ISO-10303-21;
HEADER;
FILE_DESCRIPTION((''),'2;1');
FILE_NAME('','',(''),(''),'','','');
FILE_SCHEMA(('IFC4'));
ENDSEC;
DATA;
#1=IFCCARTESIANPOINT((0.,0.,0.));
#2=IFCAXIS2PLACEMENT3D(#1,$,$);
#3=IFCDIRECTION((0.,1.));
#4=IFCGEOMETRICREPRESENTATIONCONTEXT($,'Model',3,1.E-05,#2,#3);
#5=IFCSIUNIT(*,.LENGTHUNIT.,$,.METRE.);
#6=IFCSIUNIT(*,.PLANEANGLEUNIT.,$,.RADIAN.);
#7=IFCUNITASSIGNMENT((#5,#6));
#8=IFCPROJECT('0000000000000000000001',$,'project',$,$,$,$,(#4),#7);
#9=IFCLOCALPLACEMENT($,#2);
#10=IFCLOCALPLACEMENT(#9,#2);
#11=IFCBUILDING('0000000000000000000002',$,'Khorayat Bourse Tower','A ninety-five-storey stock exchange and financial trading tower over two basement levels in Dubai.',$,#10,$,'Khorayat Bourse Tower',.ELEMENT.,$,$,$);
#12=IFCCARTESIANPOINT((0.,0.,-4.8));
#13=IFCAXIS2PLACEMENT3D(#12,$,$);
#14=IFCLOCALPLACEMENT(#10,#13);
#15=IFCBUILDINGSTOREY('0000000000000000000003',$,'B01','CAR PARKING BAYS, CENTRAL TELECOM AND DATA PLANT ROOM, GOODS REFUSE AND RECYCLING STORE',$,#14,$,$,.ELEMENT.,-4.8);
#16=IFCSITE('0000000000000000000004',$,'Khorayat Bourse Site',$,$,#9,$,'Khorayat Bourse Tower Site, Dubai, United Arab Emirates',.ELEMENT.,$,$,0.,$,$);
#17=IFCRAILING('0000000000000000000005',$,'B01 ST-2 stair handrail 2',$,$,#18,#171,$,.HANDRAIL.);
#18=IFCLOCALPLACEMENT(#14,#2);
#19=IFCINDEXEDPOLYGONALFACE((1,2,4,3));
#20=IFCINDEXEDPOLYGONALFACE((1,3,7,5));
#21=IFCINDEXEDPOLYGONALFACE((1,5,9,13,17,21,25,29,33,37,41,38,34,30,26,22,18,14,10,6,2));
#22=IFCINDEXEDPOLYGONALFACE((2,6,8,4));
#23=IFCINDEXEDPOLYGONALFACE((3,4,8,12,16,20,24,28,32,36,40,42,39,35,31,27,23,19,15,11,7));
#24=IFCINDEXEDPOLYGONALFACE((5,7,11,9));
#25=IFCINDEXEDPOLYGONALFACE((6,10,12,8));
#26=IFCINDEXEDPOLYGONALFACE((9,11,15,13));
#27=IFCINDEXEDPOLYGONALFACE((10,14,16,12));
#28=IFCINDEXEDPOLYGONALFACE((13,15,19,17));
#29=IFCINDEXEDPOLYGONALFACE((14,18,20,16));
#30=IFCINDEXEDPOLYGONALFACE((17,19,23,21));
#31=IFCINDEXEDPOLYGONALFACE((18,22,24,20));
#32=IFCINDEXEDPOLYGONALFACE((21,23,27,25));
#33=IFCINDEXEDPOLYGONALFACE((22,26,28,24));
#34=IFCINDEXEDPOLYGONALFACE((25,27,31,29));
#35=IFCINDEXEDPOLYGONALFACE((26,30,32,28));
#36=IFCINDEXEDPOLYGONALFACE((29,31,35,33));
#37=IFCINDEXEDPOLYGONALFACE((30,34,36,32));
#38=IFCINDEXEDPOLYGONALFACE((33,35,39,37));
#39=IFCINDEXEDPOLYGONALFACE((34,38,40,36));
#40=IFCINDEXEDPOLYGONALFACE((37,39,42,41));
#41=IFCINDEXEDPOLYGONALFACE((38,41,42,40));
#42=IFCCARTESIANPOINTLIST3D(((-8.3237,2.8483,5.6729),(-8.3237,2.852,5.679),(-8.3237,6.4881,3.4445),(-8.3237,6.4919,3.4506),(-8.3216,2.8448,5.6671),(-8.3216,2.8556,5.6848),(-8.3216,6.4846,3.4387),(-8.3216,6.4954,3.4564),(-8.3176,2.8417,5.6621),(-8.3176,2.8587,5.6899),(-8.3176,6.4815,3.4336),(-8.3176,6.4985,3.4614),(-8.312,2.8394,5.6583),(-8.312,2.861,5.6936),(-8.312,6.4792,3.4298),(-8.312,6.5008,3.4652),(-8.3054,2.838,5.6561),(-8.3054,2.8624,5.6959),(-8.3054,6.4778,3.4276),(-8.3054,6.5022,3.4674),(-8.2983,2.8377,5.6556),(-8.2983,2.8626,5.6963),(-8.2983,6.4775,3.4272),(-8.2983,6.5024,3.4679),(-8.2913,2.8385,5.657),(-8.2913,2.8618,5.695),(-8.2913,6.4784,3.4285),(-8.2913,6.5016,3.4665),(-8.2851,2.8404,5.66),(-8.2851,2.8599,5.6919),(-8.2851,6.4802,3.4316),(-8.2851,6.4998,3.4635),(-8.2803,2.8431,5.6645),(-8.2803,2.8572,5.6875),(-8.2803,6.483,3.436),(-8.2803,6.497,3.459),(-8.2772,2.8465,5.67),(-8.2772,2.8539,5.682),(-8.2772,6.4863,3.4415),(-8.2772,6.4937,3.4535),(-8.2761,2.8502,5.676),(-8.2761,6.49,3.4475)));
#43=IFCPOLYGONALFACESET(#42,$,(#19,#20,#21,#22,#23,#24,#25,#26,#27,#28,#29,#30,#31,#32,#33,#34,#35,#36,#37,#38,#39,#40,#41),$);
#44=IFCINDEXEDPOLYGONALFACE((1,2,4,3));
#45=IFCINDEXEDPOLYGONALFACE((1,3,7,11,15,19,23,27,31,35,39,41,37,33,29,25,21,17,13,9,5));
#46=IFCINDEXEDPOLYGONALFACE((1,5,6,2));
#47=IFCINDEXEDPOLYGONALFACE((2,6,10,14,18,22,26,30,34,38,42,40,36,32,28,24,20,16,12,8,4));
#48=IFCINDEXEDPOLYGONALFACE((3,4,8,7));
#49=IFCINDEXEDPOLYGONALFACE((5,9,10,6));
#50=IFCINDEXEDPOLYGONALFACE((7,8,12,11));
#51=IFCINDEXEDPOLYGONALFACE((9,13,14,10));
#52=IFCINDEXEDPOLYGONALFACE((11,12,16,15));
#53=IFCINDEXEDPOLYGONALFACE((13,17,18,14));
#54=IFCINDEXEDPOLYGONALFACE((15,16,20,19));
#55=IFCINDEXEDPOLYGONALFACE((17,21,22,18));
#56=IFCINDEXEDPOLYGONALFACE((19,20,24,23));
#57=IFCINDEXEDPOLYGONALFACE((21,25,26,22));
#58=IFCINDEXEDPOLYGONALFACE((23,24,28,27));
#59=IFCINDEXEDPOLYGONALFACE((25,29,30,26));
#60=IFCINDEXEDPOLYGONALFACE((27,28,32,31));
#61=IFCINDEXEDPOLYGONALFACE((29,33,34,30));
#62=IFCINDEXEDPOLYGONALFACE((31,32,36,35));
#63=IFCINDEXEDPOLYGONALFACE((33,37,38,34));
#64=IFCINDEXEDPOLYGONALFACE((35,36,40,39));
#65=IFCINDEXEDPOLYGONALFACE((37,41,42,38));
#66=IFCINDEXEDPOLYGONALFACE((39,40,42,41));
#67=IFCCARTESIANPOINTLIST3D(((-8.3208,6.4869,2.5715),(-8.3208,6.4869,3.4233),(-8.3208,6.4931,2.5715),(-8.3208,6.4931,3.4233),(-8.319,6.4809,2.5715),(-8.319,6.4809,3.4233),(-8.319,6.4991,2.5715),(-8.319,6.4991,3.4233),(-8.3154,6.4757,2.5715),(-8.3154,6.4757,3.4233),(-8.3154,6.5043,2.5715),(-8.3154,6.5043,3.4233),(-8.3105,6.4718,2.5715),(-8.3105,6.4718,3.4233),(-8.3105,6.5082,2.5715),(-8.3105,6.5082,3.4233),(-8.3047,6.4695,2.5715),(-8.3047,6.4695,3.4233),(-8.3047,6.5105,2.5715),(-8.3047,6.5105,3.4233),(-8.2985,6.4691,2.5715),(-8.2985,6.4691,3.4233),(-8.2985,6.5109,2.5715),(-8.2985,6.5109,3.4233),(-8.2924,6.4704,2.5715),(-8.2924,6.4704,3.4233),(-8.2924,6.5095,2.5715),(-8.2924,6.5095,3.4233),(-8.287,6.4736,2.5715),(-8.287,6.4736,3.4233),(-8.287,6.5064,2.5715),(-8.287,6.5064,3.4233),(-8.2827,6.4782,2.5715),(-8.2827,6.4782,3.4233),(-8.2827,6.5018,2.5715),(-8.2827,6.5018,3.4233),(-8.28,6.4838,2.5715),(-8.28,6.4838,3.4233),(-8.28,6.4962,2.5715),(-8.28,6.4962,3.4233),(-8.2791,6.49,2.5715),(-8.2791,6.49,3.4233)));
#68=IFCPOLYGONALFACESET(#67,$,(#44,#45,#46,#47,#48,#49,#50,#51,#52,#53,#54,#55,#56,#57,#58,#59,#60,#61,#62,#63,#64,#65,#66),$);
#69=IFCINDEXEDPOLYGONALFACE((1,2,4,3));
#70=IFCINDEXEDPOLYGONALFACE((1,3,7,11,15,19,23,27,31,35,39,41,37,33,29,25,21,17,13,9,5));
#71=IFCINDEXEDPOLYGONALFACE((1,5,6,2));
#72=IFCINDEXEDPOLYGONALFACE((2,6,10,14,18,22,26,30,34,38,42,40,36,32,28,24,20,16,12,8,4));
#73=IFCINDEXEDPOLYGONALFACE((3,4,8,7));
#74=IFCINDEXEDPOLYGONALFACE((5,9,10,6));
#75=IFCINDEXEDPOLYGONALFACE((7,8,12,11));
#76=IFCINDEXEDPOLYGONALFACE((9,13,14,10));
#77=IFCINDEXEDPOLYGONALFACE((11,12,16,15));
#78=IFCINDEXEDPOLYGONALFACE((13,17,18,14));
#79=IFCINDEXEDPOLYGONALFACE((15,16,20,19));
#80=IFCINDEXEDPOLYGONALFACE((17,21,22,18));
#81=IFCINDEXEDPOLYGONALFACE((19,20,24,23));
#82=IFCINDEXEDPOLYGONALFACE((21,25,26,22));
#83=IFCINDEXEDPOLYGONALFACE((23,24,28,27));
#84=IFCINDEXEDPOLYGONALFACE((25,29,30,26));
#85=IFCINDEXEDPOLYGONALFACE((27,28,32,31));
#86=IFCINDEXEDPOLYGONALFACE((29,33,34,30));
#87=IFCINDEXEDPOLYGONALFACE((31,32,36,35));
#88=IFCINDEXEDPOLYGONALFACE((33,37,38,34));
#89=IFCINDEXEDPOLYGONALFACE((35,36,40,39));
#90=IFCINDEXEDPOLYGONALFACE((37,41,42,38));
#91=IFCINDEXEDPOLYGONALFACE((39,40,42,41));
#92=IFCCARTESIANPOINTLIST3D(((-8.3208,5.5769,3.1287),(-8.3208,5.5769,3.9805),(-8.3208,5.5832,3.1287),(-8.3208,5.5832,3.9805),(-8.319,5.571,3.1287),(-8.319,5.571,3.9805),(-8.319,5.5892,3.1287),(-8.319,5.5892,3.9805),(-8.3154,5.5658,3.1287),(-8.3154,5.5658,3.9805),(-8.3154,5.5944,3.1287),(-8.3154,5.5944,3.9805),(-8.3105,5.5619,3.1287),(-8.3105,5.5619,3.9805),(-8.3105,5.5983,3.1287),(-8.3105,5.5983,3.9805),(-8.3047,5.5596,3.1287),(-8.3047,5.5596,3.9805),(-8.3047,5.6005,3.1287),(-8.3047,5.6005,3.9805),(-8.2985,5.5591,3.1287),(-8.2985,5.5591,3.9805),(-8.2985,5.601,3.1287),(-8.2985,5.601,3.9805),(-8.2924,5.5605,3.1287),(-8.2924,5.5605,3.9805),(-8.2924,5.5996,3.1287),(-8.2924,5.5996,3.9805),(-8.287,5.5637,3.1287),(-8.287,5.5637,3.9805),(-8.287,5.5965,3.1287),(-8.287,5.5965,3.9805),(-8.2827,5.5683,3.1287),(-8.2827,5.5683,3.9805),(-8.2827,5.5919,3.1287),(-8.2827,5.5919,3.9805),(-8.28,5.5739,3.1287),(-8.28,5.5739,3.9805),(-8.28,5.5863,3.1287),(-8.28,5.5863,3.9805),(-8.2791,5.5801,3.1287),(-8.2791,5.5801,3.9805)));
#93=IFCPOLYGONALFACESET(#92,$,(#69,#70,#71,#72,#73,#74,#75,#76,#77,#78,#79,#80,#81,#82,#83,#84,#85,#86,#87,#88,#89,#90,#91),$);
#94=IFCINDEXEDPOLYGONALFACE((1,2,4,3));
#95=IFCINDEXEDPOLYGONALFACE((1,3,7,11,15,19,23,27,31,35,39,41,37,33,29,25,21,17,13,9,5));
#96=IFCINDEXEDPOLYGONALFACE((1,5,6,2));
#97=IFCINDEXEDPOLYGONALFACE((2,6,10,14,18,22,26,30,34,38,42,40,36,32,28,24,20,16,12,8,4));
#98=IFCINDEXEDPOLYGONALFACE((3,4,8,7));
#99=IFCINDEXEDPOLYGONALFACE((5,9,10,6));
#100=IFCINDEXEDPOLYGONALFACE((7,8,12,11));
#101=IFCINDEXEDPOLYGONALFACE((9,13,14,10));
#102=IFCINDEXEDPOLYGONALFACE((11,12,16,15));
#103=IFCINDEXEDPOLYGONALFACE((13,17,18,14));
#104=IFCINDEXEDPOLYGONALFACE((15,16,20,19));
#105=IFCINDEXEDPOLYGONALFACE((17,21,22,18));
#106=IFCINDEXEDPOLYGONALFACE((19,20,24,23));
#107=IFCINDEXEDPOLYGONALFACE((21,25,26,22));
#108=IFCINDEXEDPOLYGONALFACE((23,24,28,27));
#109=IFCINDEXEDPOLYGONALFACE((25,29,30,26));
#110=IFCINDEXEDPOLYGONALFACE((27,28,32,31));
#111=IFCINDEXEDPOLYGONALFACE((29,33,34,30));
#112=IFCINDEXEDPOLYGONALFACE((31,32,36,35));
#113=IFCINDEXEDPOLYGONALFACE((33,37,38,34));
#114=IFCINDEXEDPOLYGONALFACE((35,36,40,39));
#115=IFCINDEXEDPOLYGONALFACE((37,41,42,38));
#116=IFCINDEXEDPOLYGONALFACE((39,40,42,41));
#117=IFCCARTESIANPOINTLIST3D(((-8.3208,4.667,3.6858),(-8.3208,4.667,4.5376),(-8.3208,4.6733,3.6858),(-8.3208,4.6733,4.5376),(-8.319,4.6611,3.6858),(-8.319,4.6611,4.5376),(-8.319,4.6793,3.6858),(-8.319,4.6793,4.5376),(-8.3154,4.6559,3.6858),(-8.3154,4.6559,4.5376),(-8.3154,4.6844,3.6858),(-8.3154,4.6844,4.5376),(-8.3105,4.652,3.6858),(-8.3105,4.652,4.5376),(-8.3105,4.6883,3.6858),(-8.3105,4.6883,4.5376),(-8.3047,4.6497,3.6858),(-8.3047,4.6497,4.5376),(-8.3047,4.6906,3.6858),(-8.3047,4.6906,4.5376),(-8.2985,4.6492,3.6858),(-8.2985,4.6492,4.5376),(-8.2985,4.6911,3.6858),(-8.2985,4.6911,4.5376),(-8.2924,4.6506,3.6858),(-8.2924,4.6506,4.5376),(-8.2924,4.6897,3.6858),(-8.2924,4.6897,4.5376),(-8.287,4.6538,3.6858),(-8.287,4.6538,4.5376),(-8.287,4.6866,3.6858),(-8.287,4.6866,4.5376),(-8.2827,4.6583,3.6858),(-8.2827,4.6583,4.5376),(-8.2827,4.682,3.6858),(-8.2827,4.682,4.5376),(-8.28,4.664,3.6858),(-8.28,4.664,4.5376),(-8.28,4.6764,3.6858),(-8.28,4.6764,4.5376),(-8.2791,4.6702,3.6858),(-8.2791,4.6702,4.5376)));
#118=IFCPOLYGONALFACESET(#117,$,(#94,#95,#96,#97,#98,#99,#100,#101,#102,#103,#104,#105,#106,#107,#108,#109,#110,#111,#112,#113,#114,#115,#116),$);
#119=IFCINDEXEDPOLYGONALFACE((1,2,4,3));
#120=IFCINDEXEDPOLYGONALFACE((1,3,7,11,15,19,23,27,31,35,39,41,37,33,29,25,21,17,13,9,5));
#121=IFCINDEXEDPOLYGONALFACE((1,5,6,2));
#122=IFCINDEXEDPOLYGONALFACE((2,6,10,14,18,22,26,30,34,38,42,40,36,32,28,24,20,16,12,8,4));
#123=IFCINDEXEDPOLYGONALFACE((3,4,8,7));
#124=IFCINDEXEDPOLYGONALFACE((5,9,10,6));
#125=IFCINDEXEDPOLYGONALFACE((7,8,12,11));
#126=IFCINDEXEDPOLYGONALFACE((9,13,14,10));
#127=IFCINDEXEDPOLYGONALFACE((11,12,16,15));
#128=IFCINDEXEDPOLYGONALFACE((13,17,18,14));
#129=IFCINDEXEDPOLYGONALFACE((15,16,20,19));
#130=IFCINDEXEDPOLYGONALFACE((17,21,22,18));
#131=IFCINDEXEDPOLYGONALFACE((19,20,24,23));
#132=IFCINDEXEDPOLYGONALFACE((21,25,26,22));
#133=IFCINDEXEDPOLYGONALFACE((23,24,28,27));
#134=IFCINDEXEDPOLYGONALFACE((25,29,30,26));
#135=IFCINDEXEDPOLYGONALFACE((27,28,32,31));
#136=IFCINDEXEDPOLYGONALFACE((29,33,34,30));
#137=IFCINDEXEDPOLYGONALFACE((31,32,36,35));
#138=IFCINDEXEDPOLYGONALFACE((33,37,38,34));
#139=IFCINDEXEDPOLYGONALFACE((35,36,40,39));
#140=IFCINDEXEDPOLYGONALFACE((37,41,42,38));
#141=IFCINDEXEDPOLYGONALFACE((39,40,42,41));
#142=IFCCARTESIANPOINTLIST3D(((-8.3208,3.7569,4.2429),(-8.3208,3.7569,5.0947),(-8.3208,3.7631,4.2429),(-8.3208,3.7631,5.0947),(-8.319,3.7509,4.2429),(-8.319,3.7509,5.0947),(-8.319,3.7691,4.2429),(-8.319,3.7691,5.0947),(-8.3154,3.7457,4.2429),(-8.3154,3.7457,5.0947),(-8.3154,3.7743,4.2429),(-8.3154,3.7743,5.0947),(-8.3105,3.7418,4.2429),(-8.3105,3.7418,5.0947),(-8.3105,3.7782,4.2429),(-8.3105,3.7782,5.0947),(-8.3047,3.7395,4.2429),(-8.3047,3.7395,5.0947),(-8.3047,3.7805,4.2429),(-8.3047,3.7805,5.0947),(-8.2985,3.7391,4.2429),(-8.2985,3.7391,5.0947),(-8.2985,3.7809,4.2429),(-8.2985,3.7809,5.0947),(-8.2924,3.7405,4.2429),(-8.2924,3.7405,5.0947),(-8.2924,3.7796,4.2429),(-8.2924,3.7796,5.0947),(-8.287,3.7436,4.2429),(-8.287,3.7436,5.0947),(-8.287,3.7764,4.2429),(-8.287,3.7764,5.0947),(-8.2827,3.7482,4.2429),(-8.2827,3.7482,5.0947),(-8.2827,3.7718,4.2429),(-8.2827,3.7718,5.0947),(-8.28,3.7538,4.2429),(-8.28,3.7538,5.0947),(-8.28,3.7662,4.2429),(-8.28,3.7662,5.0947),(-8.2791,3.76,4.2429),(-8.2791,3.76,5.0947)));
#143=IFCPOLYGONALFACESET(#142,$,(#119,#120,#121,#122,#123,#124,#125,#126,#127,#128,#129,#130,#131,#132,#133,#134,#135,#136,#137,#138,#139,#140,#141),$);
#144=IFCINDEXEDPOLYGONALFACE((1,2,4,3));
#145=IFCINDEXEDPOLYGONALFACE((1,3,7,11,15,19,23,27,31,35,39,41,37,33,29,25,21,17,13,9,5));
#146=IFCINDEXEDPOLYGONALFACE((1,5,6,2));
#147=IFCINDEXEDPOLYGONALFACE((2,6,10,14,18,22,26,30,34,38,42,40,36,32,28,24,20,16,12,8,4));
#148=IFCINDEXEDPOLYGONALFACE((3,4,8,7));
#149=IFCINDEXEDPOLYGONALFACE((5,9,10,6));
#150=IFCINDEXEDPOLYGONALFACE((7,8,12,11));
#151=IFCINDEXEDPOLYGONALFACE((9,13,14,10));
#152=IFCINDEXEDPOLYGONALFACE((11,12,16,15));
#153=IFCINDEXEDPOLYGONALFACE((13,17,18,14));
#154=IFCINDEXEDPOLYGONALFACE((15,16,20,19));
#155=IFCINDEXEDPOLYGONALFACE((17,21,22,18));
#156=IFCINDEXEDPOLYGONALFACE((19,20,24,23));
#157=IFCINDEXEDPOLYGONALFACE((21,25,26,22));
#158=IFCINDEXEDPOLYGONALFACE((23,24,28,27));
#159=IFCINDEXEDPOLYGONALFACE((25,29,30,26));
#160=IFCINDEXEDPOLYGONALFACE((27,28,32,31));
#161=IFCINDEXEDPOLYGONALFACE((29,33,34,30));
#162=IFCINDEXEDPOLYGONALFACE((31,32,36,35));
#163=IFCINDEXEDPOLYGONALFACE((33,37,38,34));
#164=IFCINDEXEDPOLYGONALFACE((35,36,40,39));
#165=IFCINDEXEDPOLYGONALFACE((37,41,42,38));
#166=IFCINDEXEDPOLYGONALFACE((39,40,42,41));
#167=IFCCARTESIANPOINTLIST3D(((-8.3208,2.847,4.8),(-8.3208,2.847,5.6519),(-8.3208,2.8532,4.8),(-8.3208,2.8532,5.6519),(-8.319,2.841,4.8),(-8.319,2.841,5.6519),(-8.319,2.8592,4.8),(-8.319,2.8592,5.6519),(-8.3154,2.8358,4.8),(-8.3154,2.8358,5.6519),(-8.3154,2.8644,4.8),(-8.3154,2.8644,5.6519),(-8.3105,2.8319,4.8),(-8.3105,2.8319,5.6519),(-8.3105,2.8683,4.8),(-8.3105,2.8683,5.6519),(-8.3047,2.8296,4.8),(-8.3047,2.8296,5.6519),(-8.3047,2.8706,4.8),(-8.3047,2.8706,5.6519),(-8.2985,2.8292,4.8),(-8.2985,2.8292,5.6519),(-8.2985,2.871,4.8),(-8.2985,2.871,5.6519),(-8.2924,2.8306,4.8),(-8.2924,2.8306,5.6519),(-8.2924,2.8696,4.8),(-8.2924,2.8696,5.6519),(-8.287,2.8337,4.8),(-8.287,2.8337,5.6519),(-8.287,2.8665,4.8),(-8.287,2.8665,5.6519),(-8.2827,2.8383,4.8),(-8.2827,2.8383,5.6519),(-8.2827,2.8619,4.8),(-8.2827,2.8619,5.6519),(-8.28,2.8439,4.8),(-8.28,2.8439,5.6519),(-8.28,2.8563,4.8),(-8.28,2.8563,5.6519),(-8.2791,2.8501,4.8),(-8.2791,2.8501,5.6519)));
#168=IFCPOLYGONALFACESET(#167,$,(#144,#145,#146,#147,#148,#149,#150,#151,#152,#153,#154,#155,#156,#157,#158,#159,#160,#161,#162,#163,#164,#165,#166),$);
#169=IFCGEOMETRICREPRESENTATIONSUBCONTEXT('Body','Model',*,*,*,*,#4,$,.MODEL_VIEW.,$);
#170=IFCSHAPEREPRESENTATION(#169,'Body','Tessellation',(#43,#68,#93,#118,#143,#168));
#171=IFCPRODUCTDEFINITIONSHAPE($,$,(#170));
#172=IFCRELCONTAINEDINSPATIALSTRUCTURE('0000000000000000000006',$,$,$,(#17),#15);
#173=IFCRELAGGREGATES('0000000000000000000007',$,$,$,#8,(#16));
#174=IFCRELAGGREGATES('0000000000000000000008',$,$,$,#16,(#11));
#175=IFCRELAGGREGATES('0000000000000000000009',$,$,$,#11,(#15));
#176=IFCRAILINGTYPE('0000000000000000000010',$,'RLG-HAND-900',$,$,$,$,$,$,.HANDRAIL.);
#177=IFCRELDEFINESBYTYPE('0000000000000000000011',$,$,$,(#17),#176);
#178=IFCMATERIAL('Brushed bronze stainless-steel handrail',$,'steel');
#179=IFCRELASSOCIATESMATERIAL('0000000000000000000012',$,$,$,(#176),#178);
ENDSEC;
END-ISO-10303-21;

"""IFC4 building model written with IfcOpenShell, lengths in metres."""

from ifc_helpers import new_model, si_unit, direction, frame, origin, origin_2d, place, context, subcontext, project, spatial, circle, extrude, source, transform, mapped, material, type_object, element, save


model = new_model("IFC4")

# Units and contexts
model_context = context("Model", 3, precision=1e-05, world=origin(), true_north=direction((0.0, 1.0)))
body_context = subcontext(model_context, "Body", "Model", "MODEL_VIEW")
ifc_project = project(units=[si_unit("LENGTHUNIT", "METRE"), si_unit("PLANEANGLEUNIT", "RADIAN")], contexts=[model_context])

# Site, building, storey
site_placement = place(None, origin())
site = spatial("IfcSite", under=ifc_project, at=site_placement, Name="Khorayat Bourse Site", LongName="Khorayat Bourse Tower Site, Dubai, United Arab Emirates", CompositionType="ELEMENT", RefElevation=0.0)
building_placement = place(site_placement, origin())
building = spatial("IfcBuilding", under=site, at=building_placement, Name="Khorayat Bourse Tower", Description="A ninety-five-storey stock exchange and financial trading tower over two basement levels in Dubai.", LongName="Khorayat Bourse Tower", CompositionType="ELEMENT")
storey_placement = place(building_placement, frame((0.0, 0.0, -4.8)))
storey = spatial("IfcBuildingStorey", under=building, at=storey_placement, Name="B01", Description="CAR PARKING BAYS, CENTRAL TELECOM AND DATA PLANT ROOM, GOODS REFUSE AND RECYCLING STORE", CompositionType="ELEMENT", Elevation=-4.8)

# Railing
ifc_material_1 = material(Name="Brushed bronze stainless-steel handrail", Category="steel")
railing_type_1 = type_object("IfcRailingType", Name="RLG-HAND-900", PredefinedType="HANDRAIL", material=ifc_material_1)
shared_shape_1 = source(origin(), body_context, "Body", "SweptSolid", [
    extrude(circle(Radius=0.0239, at=origin_2d()), frame((0.0, 0.0, 0.876), z_axis=(0.0, -0.85285, 0.522156), x_axis=(1.0, 0.0, 0.0)), (0.0, 0.0, 1.0), 4.2678),
    extrude(circle(Radius=0.021, at=origin_2d()), origin(), (0.0, 0.0, 1.0), 0.8518),
    extrude(circle(Radius=0.021, at=origin_2d()), frame((0.0, -0.9099, 0.5571)), (0.0, 0.0, 1.0), 0.8518),
    extrude(circle(Radius=0.021, at=origin_2d()), frame((0.0, -1.8198, 1.1143)), (0.0, 0.0, 1.0), 0.8518),
    extrude(circle(Radius=0.021, at=origin_2d()), frame((0.0, -2.73, 1.6714)), (0.0, 0.0, 1.0), 0.8518),
    extrude(circle(Radius=0.021, at=origin_2d()), frame((0.0, -3.6399, 2.2285)), (0.0, 0.0, 1.0), 0.8518),
])
for number, where, name in (
    (1, (-8.3, 6.49, 2.5715), "B01 ST-2 stair handrail 2"),
):
    element("IfcRailing", number, at=place(storey_placement, frame(where)), inside=storey, type_object=railing_type_1, Name=name, PredefinedType="HANDRAIL", context=body_context, shape_type="MappedRepresentation", body=[
        mapped(shared_shape_1, transform((0.0, 0.0, 0.0), scale=1.0)),
    ])

save(model, "model.ifc")
